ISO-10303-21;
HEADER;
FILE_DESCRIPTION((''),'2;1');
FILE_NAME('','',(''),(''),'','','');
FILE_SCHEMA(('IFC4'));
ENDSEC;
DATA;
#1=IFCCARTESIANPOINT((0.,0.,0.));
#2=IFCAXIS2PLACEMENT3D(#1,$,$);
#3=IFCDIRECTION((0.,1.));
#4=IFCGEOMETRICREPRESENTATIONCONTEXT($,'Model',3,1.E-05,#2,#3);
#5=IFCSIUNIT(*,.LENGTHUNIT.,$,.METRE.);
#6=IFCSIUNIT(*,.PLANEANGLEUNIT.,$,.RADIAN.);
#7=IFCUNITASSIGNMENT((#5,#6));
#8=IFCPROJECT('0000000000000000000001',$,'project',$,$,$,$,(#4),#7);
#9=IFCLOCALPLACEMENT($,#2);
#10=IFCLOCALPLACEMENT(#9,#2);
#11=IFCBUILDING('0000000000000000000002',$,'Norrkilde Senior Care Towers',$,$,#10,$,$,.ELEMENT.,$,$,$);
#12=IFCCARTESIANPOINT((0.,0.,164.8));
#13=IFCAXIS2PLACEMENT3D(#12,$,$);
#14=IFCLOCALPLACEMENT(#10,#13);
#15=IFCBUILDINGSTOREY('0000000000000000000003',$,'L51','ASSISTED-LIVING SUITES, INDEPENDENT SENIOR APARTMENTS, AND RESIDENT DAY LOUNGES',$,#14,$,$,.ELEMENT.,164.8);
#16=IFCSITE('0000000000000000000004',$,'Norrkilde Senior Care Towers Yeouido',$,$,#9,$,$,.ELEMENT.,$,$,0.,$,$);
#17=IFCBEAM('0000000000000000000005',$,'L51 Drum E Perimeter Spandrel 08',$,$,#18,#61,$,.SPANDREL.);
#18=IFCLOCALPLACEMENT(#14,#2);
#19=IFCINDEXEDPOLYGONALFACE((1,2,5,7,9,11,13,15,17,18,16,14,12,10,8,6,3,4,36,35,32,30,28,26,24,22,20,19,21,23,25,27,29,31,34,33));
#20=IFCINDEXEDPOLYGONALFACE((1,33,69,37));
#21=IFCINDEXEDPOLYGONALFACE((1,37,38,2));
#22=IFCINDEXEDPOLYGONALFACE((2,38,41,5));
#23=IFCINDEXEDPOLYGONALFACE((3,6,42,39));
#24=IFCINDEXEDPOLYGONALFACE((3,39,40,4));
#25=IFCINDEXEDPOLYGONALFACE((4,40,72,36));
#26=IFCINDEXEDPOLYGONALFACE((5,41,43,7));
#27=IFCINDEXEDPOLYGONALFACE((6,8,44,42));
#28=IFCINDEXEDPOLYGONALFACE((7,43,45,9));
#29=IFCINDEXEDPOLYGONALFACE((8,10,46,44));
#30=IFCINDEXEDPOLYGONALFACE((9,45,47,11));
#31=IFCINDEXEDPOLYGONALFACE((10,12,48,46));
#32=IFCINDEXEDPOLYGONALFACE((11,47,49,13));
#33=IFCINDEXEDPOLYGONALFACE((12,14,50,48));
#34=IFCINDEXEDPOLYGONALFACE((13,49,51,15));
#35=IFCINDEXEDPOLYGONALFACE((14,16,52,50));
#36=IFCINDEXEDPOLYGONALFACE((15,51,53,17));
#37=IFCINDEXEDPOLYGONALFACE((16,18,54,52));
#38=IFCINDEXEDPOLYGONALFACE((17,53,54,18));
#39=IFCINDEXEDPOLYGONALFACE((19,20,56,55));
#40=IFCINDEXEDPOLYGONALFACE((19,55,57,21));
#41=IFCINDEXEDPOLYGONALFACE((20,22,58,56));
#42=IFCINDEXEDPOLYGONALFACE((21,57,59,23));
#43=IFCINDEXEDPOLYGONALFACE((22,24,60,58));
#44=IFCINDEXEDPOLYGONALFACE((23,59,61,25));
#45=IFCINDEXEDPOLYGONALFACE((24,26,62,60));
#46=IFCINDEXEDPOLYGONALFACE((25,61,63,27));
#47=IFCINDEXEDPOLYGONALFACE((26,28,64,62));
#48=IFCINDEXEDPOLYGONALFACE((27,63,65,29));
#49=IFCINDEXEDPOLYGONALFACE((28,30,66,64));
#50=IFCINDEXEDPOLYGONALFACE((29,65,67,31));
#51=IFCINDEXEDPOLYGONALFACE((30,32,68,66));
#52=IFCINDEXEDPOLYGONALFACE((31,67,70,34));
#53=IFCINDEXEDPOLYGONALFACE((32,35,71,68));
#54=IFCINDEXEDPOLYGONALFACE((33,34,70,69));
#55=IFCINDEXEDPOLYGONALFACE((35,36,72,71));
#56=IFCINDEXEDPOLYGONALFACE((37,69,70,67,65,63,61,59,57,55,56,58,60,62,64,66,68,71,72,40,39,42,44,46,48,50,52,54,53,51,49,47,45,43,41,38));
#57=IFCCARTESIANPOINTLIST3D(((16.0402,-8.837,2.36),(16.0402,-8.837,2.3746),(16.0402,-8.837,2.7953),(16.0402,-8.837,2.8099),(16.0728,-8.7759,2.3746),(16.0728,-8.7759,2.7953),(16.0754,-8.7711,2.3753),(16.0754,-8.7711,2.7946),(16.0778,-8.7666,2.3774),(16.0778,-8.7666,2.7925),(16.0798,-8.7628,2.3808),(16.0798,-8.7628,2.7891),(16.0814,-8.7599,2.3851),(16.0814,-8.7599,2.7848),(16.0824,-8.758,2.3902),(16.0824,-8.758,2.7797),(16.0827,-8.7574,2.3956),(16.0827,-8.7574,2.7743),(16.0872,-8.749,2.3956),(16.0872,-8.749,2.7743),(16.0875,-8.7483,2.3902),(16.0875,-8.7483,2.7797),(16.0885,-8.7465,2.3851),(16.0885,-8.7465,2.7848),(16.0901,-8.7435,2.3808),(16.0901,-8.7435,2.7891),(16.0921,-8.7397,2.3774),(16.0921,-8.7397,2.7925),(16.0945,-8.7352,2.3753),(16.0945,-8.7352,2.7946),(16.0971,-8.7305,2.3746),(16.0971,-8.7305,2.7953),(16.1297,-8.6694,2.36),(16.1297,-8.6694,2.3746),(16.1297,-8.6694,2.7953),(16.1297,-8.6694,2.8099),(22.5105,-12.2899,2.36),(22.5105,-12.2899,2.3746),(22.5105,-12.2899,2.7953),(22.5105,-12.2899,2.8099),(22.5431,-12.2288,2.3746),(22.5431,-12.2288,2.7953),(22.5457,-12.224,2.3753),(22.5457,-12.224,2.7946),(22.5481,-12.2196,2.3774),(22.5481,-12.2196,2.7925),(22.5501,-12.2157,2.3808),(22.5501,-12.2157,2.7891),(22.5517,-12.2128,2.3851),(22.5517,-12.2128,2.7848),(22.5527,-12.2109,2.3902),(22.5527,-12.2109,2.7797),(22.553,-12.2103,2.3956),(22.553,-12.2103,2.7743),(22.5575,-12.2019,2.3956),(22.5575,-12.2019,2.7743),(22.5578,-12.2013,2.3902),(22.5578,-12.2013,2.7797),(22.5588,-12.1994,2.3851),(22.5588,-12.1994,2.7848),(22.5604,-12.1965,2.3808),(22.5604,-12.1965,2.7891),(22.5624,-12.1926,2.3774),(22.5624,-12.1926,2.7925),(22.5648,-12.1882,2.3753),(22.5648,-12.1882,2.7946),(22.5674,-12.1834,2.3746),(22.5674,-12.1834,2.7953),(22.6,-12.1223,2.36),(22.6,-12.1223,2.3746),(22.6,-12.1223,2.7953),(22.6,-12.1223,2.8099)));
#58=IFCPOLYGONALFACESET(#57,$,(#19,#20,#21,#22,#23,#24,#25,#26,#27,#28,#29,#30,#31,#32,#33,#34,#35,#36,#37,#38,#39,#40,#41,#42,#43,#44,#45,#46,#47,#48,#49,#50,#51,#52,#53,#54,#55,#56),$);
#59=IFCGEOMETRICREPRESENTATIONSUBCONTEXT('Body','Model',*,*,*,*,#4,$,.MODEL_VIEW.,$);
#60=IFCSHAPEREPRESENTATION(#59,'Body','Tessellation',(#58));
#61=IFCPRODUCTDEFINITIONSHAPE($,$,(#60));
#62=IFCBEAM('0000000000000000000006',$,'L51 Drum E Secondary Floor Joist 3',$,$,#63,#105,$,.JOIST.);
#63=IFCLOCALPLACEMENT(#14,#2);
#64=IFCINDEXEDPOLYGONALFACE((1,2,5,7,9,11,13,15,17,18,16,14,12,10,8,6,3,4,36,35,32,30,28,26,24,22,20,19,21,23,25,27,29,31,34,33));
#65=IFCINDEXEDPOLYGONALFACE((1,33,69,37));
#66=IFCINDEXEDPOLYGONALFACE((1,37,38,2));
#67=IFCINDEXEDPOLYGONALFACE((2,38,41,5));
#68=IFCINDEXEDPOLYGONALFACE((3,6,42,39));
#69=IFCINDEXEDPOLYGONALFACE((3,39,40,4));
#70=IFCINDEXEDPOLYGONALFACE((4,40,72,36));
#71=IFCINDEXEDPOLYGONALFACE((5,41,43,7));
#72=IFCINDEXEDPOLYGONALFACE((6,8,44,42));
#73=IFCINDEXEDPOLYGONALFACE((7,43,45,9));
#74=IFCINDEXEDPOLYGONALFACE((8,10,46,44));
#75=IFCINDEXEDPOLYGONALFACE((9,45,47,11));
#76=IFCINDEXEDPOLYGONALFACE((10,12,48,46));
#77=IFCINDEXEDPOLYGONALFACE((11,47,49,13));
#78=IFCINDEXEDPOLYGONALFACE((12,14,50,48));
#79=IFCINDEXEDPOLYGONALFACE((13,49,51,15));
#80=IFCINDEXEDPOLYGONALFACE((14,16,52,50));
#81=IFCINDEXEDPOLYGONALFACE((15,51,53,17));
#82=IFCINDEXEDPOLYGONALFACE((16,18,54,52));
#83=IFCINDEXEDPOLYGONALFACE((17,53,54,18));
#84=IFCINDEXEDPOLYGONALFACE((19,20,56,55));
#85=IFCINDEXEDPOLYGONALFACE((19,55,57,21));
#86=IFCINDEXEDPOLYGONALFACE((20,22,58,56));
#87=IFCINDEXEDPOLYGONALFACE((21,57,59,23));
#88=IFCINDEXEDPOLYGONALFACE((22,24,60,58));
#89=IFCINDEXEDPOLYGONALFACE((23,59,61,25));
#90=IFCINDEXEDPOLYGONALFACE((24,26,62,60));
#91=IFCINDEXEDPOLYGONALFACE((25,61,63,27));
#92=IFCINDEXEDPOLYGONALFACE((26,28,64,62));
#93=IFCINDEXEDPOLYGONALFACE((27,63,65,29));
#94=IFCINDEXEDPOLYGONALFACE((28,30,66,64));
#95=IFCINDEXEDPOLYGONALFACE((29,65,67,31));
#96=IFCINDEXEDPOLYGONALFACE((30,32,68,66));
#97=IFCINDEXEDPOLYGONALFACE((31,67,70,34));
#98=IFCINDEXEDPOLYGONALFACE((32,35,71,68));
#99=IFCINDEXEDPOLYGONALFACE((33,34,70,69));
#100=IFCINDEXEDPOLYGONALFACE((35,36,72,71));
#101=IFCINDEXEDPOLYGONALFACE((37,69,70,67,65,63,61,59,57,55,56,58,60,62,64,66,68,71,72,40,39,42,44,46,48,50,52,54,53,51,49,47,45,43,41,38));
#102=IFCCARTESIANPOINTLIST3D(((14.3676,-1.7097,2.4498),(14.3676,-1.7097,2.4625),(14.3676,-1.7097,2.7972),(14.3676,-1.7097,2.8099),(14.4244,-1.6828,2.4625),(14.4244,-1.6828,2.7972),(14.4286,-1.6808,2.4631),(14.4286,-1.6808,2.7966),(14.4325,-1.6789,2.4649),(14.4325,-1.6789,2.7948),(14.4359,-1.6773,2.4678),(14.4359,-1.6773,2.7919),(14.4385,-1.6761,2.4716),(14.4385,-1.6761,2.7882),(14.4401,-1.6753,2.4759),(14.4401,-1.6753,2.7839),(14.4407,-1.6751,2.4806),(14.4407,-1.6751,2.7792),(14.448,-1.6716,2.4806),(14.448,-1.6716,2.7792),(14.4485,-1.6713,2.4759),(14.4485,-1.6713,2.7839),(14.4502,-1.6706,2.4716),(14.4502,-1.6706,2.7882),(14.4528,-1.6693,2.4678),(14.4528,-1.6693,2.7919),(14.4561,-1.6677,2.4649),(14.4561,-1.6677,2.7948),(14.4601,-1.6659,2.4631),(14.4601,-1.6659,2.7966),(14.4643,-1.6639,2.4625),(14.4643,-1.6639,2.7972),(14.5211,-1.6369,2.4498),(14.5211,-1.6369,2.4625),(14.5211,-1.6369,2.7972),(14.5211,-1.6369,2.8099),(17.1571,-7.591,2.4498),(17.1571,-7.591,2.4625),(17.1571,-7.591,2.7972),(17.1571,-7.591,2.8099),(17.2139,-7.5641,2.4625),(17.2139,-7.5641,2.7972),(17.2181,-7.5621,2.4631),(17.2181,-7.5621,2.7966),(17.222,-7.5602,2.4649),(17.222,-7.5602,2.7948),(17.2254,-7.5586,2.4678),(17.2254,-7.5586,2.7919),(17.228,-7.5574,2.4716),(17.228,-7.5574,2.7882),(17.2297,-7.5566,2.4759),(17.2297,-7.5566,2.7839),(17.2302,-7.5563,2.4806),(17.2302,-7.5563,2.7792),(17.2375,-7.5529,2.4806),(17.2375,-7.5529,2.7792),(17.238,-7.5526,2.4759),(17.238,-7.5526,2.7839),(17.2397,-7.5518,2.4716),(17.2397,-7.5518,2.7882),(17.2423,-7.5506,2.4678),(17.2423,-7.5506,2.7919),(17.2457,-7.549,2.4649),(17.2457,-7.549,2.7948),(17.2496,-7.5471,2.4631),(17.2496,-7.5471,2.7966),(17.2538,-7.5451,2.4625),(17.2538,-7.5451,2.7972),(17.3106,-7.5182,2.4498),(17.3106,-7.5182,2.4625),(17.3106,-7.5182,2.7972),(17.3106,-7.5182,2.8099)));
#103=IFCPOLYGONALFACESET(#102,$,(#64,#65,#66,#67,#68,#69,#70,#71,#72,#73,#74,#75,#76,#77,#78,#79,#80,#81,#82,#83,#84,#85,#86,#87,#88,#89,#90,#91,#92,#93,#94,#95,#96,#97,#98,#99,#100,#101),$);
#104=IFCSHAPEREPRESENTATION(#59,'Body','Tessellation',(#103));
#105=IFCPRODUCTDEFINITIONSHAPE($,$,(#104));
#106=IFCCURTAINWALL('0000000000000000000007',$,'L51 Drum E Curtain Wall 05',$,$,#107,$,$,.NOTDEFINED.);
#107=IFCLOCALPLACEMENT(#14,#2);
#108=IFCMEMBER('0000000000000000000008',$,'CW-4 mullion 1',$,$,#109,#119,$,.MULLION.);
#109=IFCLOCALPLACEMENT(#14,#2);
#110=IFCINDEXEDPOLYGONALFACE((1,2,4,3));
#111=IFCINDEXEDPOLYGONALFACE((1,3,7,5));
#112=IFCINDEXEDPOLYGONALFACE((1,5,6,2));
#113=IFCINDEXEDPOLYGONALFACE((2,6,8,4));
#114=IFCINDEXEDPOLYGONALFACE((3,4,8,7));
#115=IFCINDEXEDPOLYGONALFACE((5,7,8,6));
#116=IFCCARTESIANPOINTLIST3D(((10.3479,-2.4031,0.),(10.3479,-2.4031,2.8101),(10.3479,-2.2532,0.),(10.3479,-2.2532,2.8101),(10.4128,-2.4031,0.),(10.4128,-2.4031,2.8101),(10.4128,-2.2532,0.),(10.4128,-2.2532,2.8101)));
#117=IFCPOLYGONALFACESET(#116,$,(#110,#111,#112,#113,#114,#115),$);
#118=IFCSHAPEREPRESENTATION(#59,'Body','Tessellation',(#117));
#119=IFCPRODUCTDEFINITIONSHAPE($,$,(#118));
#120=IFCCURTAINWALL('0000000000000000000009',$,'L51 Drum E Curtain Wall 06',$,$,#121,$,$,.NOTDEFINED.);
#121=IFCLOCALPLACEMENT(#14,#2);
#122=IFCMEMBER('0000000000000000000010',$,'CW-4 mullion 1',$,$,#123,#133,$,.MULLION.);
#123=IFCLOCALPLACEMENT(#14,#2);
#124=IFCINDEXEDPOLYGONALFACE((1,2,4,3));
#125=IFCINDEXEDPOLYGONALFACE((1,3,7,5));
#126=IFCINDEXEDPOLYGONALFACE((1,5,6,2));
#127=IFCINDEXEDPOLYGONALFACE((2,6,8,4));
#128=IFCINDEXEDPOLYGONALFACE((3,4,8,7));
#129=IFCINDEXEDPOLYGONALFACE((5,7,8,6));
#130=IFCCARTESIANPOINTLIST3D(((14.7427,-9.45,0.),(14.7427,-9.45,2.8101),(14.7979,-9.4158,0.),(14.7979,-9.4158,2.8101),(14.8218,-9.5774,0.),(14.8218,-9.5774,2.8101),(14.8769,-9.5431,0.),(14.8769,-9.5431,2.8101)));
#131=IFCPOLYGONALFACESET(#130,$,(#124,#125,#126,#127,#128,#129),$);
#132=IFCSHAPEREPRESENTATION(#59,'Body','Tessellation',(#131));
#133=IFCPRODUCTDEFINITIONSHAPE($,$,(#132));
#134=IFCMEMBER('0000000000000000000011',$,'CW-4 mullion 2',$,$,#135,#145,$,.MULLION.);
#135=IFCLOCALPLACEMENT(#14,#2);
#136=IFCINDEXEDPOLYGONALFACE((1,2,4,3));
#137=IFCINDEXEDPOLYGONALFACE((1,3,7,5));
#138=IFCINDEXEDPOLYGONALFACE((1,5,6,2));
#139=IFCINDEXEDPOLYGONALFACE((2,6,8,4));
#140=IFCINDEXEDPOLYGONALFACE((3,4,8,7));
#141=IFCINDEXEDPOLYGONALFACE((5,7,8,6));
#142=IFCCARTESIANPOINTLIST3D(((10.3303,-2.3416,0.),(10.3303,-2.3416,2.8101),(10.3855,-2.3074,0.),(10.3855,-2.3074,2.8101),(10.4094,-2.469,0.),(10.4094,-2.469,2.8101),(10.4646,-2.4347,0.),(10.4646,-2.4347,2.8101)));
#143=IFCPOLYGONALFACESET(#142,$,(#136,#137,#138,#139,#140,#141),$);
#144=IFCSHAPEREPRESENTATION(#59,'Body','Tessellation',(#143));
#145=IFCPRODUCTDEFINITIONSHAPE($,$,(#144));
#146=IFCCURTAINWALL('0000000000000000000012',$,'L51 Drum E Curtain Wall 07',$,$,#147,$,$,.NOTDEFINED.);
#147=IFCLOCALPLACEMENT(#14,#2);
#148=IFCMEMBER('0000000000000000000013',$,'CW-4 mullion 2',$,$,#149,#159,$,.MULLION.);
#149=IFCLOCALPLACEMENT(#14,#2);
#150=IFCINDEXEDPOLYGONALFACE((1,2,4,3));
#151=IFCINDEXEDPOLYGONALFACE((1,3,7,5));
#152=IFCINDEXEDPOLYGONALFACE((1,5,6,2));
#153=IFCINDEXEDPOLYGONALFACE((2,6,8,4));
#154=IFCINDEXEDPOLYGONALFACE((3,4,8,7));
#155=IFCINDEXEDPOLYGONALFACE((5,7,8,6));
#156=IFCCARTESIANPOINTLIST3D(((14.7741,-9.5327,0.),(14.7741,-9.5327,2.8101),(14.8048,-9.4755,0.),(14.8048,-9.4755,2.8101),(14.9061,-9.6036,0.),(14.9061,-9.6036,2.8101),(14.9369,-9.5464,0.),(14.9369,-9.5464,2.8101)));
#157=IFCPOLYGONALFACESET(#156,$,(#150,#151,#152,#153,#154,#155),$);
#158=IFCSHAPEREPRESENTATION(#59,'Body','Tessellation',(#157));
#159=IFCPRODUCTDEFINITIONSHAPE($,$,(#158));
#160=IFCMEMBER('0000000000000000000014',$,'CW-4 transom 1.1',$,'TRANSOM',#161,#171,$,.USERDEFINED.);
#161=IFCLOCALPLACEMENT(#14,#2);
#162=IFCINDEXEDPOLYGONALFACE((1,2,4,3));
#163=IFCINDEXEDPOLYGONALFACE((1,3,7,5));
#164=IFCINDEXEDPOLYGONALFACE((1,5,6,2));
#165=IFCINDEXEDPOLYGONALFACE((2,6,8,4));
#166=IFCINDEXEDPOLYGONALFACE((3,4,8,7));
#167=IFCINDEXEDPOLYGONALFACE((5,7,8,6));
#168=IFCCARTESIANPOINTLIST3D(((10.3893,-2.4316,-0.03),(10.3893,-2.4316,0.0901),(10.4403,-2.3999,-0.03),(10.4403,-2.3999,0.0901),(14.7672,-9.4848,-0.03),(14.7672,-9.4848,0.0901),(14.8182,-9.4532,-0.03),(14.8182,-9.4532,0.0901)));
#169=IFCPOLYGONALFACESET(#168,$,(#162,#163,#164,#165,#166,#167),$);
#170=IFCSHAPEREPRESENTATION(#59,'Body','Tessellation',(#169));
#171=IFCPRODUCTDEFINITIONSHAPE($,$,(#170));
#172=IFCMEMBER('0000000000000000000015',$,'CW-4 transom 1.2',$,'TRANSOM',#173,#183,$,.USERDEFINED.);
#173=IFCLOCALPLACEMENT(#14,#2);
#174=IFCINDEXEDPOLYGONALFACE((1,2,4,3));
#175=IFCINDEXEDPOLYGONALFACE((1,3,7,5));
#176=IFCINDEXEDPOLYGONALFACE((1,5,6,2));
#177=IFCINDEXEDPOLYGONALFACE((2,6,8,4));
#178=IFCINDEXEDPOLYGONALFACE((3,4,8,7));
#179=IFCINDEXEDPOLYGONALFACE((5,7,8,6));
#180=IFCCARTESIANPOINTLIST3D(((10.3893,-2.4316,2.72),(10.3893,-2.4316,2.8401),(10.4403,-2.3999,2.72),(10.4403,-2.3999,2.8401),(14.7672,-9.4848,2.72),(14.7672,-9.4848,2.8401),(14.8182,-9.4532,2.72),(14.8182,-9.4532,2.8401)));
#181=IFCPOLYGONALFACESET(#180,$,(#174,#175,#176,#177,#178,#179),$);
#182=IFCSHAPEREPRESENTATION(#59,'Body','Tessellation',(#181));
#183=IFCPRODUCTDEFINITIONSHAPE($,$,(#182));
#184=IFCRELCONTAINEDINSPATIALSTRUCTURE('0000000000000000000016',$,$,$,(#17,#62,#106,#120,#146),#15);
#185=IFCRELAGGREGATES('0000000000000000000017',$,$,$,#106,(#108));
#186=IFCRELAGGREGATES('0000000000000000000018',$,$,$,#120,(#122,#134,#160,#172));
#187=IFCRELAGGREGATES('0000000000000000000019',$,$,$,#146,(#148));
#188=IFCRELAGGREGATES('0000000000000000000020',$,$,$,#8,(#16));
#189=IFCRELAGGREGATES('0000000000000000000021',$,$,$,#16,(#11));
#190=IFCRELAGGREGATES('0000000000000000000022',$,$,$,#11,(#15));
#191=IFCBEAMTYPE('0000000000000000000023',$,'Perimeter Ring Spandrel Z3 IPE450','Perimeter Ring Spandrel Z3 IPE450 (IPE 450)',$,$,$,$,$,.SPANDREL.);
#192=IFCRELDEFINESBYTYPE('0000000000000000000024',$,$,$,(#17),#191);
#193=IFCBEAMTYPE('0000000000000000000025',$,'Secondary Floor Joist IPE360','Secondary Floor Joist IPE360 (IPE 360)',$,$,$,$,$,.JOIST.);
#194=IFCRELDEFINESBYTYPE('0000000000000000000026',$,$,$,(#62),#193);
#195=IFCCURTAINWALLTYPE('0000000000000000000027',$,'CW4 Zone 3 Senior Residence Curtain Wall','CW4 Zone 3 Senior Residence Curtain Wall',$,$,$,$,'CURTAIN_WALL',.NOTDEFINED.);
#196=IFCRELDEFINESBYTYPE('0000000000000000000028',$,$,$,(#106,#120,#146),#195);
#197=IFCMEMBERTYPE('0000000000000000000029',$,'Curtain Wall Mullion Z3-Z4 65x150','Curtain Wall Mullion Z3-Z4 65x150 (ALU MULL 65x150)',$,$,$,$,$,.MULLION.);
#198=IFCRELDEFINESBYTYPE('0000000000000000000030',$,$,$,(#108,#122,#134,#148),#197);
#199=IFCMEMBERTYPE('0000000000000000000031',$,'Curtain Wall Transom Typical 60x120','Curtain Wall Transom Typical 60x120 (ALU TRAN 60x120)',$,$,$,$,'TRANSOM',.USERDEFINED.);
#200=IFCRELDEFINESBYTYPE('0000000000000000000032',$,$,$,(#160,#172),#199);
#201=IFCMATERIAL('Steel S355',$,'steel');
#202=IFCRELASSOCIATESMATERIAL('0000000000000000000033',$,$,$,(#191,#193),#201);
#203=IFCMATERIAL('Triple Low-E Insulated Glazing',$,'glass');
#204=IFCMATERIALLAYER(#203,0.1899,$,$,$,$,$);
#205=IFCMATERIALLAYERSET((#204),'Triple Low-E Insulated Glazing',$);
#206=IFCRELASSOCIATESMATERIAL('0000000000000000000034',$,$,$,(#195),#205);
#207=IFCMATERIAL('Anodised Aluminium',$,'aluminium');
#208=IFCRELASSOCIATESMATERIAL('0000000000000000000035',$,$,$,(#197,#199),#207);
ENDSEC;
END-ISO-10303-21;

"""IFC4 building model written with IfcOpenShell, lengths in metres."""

from ifc_helpers import new_model, si_unit, direction, frame, origin, origin_2d, place, context, subcontext, project, spatial, rectangle, i_section, extrude, source, transform, mapped, material, layer, layer_set, material_profile, profile_set, type_object, type_shapes, element, aggregate, save


model = new_model("IFC4")

# Units and contexts
model_context = context("Model", 3, precision=1e-05, world=origin(), true_north=direction((0.0, 1.0)))
body_context = subcontext(model_context, "Body", "Model", "MODEL_VIEW")
ifc_project = project(units=[si_unit("LENGTHUNIT", "METRE"), si_unit("PLANEANGLEUNIT", "RADIAN")], contexts=[model_context])

# Site, building, storey
site_placement = place(None, origin())
site = spatial("IfcSite", under=ifc_project, at=site_placement, Name="Norrkilde Senior Care Towers Yeouido", CompositionType="ELEMENT", RefElevation=0.0)
building_placement = place(site_placement, origin())
building = spatial("IfcBuilding", under=site, at=building_placement, Name="Norrkilde Senior Care Towers", CompositionType="ELEMENT")
storey_placement = place(building_placement, frame((0.0, 0.0, 164.8)))
storey = spatial("IfcBuildingStorey", under=building, at=storey_placement, Name="L51", Description="ASSISTED-LIVING SUITES, INDEPENDENT SENIOR APARTMENTS, AND RESIDENT DAY LOUNGES", CompositionType="ELEMENT", Elevation=164.8)

# Beams
ifc_material_1 = material(Name="Steel S355", Category="steel")
ifc_material_profile_1 = material_profile(ifc_material_1, i_section(OverallWidth=0.1899, OverallDepth=0.45, WebThickness=0.0095, FlangeThickness=0.0146, FilletRadius=0.021, at=origin_2d()), Name="IPE 450")
ifc_profile_set_1 = profile_set([ifc_material_profile_1], Name="Steel S355")
beam_type_1 = type_object("IfcBeamType", Name="Perimeter Ring Spandrel Z3 IPE450", Description="Perimeter Ring Spandrel Z3 IPE450 (IPE 450)", PredefinedType="SPANDREL", material=ifc_profile_set_1)
shared_shape_1 = source(origin(), body_context, "Body", "SweptSolid", [
    extrude(i_section(OverallWidth=0.1899, OverallDepth=0.45, WebThickness=0.0095, FlangeThickness=0.0146, FilletRadius=0.021, at=origin_2d()), origin(), (0.0, 0.0, 1.0), 7.334),
])
beam_1_placement = place(storey_placement, frame((16.085, -8.7532, 2.585), z_axis=(0.882234, -0.470811, 0.0), x_axis=(0.470811, 0.882234, 0.0)))
element("IfcBeam", 1, at=beam_1_placement, inside=storey, type_object=beam_type_1, Name="L51 Drum E Perimeter Spandrel 08", PredefinedType="SPANDREL", context=body_context, shape_type="MappedRepresentation", body=[
    mapped(shared_shape_1, transform((0.0, 0.0, 0.0), x_axis=(1.0, 0.0, 0.0), y_axis=(0.0, 1.0, 0.0), z_axis=(0.0, 0.0, 1.0), scale=1.0)),
])
ifc_material_profile_2 = material_profile(ifc_material_1, i_section(OverallWidth=0.1699, OverallDepth=0.3601, WebThickness=0.0081, FlangeThickness=0.0127, FilletRadius=0.0181, at=origin_2d()), Name="IPE 360")
ifc_profile_set_2 = profile_set([ifc_material_profile_2], Name="Steel S355")
beam_type_2 = type_object("IfcBeamType", Name="Secondary Floor Joist IPE360", Description="Secondary Floor Joist IPE360 (IPE 360)", PredefinedType="JOIST", material=ifc_profile_set_2)
shared_shape_2 = source(origin(), body_context, "Body", "SweptSolid", [
    extrude(i_section(OverallWidth=0.1699, OverallDepth=0.3601, WebThickness=0.0081, FlangeThickness=0.0127, FilletRadius=0.0181, at=origin_2d()), origin(), (0.0, 0.0, 1.0), 6.5093),
])
type_shapes(beam_type_2, [shared_shape_2])
beam_2_placement = place(storey_placement, frame((14.4443, -1.6733, 2.6299), z_axis=(0.428544, -0.903521, 0.0), x_axis=(0.903521, 0.428544, 0.0)))
element("IfcBeam", 2, at=beam_2_placement, inside=storey, type_object=beam_type_2, Name="L51 Drum E Secondary Floor Joist 3", PredefinedType="JOIST", context=body_context, shape_type="MappedRepresentation", body=[
    mapped(shared_shape_2, transform((0.0, 0.0, 0.0), x_axis=(1.0, 0.0, 0.0), y_axis=(0.0, 1.0, 0.0), z_axis=(0.0, 0.0, 1.0), scale=1.0)),
])

# Curtain wall, member
ifc_material_2 = material(Name="Triple Low-E Insulated Glazing", Category="glass")
ifc_layer_1 = layer(ifc_material_2, 0.1899)
ifc_layer_set_1 = layer_set([ifc_layer_1], Name="Triple Low-E Insulated Glazing")
curtain_wall_type = type_object("IfcCurtainWallType", Name="CW4 Zone 3 Senior Residence Curtain Wall", Description="CW4 Zone 3 Senior Residence Curtain Wall", ElementType="CURTAIN_WALL", PredefinedType="NOTDEFINED", material=ifc_layer_set_1)
curtain_wall_1_placement = place(storey_placement, origin())
curtain_wall_1 = element("IfcCurtainWall", 3, at=curtain_wall_1_placement, inside=storey, type_object=curtain_wall_type, Name="L51 Drum E Curtain Wall 05", PredefinedType="NOTDEFINED")
ifc_material_3 = material(Name="Anodised Aluminium", Category="aluminium")
ifc_material_profile_3 = material_profile(ifc_material_3, rectangle(XDim=0.0649, YDim=0.1499, at=origin_2d()), Name="ALU MULL 65x150")
ifc_profile_set_3 = profile_set([ifc_material_profile_3], Name="Anodised Aluminium")
member_type_1 = type_object("IfcMemberType", Name="Curtain Wall Mullion Z3-Z4 65x150", Description="Curtain Wall Mullion Z3-Z4 65x150 (ALU MULL 65x150)", PredefinedType="MULLION", material=ifc_profile_set_3)
shared_shape_3 = source(origin(), body_context, "Body", "SweptSolid", [
    extrude(rectangle(XDim=0.0649, YDim=0.1499, at=origin_2d()), origin(), (0.0, 0.0, 1.0), 2.8101),
])
type_shapes(member_type_1, [shared_shape_3])
member_1_placement = place(storey_placement, frame((10.3804, -2.3281, 0.0), z_axis=(0.0, 0.0, 1.0), x_axis=(-1.0, 0.0, 0.0)))
member_1 = element("IfcMember", 4, at=member_1_placement, type_object=member_type_1, Name="CW-4 mullion 1", PredefinedType="MULLION", context=body_context, shape_type="MappedRepresentation", body=[
    mapped(shared_shape_3, transform((0.0, 0.0, 0.0), x_axis=(1.0, 0.0, 0.0), y_axis=(0.0, 1.0, 0.0), z_axis=(0.0, 0.0, 1.0), scale=1.0)),
])

# Curtain wall, members
curtain_wall_2_placement = place(storey_placement, origin())
curtain_wall_2 = element("IfcCurtainWall", 5, at=curtain_wall_2_placement, inside=storey, type_object=curtain_wall_type, Name="L51 Drum E Curtain Wall 06", PredefinedType="NOTDEFINED")
member_2_placement = place(storey_placement, frame((14.8098, -9.4966, 0.0), z_axis=(0.0, 0.0, 1.0), x_axis=(-0.849634, -0.527373, 0.0)))
member_2 = element("IfcMember", 6, at=member_2_placement, type_object=member_type_1, Name="CW-4 mullion 1", PredefinedType="MULLION", context=body_context, shape_type="MappedRepresentation", body=[
    mapped(shared_shape_3, transform((0.0, 0.0, 0.0), x_axis=(1.0, 0.0, 0.0), y_axis=(0.0, 1.0, 0.0), z_axis=(0.0, 0.0, 1.0), scale=1.0)),
])
member_3_placement = place(storey_placement, frame((10.3975, -2.3882, 0.0), z_axis=(0.0, 0.0, 1.0), x_axis=(-0.849634, -0.527373, 0.0)))
member_3 = element("IfcMember", 7, at=member_3_placement, type_object=member_type_1, Name="CW-4 mullion 2", PredefinedType="MULLION", context=body_context, shape_type="MappedRepresentation", body=[
    mapped(shared_shape_3, transform((0.0, 0.0, 0.0), x_axis=(1.0, 0.0, 0.0), y_axis=(0.0, 1.0, 0.0), z_axis=(0.0, 0.0, 1.0), scale=1.0)),
])

# Curtain wall, member
curtain_wall_3_placement = place(storey_placement, origin())
curtain_wall_3 = element("IfcCurtainWall", 8, at=curtain_wall_3_placement, inside=storey, type_object=curtain_wall_type, Name="L51 Drum E Curtain Wall 07", PredefinedType="NOTDEFINED")
member_4_placement = place(storey_placement, frame((14.8555, -9.5396, 0.0), z_axis=(0.0, 0.0, 1.0), x_axis=(-0.473117, -0.881, 0.0)))
member_4 = element("IfcMember", 9, at=member_4_placement, type_object=member_type_1, Name="CW-4 mullion 2", PredefinedType="MULLION", context=body_context, shape_type="MappedRepresentation", body=[
    mapped(shared_shape_3, transform((0.0, 0.0, 0.0), x_axis=(1.0, 0.0, 0.0), y_axis=(0.0, 1.0, 0.0), z_axis=(0.0, 0.0, 1.0), scale=1.0)),
])

# Members
ifc_material_profile_4 = material_profile(ifc_material_3, rectangle(XDim=0.0601, YDim=0.1201, at=origin_2d()), Name="ALU TRAN 60x120")
ifc_profile_set_4 = profile_set([ifc_material_profile_4], Name="Anodised Aluminium")
member_type_2 = type_object("IfcMemberType", Name="Curtain Wall Transom Typical 60x120", Description="Curtain Wall Transom Typical 60x120 (ALU TRAN 60x120)", ElementType="TRANSOM", PredefinedType="USERDEFINED", material=ifc_profile_set_4)
shared_shape_4 = source(origin(), body_context, "Body", "SweptSolid", [
    extrude(rectangle(XDim=0.0601, YDim=0.1201, at=origin_2d()), origin(), (0.0, 0.0, 1.0), 8.3015),
])
member_5_placement = place(storey_placement, frame((14.7927, -9.469, 0.03), z_axis=(-0.527369, 0.849637, 0.0), x_axis=(-0.849637, -0.527369, 0.0)))
member_5 = element("IfcMember", 10, at=member_5_placement, type_object=member_type_2, Name="CW-4 transom 1.1", ObjectType="TRANSOM", PredefinedType="USERDEFINED", context=body_context, shape_type="MappedRepresentation", body=[
    mapped(shared_shape_4, transform((0.0, 0.0, 0.0), x_axis=(1.0, 0.0, 0.0), y_axis=(0.0, 1.0, 0.0), z_axis=(0.0, 0.0, 1.0), scale=1.0)),
])
member_6_placement = place(storey_placement, frame((14.7927, -9.469, 2.78), z_axis=(-0.527369, 0.849637, 0.0), x_axis=(-0.849637, -0.527369, 0.0)))
member_6 = element("IfcMember", 11, at=member_6_placement, type_object=member_type_2, Name="CW-4 transom 1.2", ObjectType="TRANSOM", PredefinedType="USERDEFINED", context=body_context, shape_type="MappedRepresentation", body=[
    mapped(shared_shape_4, transform((0.0, 0.0, 0.0), x_axis=(1.0, 0.0, 0.0), y_axis=(0.0, 1.0, 0.0), z_axis=(0.0, 0.0, 1.0), scale=1.0)),
])
aggregate(curtain_wall_1, [member_1])

aggregate(curtain_wall_2, [member_2, member_3, member_5, member_6])
aggregate(curtain_wall_3, [member_4])

save(model, "model.ifc")
